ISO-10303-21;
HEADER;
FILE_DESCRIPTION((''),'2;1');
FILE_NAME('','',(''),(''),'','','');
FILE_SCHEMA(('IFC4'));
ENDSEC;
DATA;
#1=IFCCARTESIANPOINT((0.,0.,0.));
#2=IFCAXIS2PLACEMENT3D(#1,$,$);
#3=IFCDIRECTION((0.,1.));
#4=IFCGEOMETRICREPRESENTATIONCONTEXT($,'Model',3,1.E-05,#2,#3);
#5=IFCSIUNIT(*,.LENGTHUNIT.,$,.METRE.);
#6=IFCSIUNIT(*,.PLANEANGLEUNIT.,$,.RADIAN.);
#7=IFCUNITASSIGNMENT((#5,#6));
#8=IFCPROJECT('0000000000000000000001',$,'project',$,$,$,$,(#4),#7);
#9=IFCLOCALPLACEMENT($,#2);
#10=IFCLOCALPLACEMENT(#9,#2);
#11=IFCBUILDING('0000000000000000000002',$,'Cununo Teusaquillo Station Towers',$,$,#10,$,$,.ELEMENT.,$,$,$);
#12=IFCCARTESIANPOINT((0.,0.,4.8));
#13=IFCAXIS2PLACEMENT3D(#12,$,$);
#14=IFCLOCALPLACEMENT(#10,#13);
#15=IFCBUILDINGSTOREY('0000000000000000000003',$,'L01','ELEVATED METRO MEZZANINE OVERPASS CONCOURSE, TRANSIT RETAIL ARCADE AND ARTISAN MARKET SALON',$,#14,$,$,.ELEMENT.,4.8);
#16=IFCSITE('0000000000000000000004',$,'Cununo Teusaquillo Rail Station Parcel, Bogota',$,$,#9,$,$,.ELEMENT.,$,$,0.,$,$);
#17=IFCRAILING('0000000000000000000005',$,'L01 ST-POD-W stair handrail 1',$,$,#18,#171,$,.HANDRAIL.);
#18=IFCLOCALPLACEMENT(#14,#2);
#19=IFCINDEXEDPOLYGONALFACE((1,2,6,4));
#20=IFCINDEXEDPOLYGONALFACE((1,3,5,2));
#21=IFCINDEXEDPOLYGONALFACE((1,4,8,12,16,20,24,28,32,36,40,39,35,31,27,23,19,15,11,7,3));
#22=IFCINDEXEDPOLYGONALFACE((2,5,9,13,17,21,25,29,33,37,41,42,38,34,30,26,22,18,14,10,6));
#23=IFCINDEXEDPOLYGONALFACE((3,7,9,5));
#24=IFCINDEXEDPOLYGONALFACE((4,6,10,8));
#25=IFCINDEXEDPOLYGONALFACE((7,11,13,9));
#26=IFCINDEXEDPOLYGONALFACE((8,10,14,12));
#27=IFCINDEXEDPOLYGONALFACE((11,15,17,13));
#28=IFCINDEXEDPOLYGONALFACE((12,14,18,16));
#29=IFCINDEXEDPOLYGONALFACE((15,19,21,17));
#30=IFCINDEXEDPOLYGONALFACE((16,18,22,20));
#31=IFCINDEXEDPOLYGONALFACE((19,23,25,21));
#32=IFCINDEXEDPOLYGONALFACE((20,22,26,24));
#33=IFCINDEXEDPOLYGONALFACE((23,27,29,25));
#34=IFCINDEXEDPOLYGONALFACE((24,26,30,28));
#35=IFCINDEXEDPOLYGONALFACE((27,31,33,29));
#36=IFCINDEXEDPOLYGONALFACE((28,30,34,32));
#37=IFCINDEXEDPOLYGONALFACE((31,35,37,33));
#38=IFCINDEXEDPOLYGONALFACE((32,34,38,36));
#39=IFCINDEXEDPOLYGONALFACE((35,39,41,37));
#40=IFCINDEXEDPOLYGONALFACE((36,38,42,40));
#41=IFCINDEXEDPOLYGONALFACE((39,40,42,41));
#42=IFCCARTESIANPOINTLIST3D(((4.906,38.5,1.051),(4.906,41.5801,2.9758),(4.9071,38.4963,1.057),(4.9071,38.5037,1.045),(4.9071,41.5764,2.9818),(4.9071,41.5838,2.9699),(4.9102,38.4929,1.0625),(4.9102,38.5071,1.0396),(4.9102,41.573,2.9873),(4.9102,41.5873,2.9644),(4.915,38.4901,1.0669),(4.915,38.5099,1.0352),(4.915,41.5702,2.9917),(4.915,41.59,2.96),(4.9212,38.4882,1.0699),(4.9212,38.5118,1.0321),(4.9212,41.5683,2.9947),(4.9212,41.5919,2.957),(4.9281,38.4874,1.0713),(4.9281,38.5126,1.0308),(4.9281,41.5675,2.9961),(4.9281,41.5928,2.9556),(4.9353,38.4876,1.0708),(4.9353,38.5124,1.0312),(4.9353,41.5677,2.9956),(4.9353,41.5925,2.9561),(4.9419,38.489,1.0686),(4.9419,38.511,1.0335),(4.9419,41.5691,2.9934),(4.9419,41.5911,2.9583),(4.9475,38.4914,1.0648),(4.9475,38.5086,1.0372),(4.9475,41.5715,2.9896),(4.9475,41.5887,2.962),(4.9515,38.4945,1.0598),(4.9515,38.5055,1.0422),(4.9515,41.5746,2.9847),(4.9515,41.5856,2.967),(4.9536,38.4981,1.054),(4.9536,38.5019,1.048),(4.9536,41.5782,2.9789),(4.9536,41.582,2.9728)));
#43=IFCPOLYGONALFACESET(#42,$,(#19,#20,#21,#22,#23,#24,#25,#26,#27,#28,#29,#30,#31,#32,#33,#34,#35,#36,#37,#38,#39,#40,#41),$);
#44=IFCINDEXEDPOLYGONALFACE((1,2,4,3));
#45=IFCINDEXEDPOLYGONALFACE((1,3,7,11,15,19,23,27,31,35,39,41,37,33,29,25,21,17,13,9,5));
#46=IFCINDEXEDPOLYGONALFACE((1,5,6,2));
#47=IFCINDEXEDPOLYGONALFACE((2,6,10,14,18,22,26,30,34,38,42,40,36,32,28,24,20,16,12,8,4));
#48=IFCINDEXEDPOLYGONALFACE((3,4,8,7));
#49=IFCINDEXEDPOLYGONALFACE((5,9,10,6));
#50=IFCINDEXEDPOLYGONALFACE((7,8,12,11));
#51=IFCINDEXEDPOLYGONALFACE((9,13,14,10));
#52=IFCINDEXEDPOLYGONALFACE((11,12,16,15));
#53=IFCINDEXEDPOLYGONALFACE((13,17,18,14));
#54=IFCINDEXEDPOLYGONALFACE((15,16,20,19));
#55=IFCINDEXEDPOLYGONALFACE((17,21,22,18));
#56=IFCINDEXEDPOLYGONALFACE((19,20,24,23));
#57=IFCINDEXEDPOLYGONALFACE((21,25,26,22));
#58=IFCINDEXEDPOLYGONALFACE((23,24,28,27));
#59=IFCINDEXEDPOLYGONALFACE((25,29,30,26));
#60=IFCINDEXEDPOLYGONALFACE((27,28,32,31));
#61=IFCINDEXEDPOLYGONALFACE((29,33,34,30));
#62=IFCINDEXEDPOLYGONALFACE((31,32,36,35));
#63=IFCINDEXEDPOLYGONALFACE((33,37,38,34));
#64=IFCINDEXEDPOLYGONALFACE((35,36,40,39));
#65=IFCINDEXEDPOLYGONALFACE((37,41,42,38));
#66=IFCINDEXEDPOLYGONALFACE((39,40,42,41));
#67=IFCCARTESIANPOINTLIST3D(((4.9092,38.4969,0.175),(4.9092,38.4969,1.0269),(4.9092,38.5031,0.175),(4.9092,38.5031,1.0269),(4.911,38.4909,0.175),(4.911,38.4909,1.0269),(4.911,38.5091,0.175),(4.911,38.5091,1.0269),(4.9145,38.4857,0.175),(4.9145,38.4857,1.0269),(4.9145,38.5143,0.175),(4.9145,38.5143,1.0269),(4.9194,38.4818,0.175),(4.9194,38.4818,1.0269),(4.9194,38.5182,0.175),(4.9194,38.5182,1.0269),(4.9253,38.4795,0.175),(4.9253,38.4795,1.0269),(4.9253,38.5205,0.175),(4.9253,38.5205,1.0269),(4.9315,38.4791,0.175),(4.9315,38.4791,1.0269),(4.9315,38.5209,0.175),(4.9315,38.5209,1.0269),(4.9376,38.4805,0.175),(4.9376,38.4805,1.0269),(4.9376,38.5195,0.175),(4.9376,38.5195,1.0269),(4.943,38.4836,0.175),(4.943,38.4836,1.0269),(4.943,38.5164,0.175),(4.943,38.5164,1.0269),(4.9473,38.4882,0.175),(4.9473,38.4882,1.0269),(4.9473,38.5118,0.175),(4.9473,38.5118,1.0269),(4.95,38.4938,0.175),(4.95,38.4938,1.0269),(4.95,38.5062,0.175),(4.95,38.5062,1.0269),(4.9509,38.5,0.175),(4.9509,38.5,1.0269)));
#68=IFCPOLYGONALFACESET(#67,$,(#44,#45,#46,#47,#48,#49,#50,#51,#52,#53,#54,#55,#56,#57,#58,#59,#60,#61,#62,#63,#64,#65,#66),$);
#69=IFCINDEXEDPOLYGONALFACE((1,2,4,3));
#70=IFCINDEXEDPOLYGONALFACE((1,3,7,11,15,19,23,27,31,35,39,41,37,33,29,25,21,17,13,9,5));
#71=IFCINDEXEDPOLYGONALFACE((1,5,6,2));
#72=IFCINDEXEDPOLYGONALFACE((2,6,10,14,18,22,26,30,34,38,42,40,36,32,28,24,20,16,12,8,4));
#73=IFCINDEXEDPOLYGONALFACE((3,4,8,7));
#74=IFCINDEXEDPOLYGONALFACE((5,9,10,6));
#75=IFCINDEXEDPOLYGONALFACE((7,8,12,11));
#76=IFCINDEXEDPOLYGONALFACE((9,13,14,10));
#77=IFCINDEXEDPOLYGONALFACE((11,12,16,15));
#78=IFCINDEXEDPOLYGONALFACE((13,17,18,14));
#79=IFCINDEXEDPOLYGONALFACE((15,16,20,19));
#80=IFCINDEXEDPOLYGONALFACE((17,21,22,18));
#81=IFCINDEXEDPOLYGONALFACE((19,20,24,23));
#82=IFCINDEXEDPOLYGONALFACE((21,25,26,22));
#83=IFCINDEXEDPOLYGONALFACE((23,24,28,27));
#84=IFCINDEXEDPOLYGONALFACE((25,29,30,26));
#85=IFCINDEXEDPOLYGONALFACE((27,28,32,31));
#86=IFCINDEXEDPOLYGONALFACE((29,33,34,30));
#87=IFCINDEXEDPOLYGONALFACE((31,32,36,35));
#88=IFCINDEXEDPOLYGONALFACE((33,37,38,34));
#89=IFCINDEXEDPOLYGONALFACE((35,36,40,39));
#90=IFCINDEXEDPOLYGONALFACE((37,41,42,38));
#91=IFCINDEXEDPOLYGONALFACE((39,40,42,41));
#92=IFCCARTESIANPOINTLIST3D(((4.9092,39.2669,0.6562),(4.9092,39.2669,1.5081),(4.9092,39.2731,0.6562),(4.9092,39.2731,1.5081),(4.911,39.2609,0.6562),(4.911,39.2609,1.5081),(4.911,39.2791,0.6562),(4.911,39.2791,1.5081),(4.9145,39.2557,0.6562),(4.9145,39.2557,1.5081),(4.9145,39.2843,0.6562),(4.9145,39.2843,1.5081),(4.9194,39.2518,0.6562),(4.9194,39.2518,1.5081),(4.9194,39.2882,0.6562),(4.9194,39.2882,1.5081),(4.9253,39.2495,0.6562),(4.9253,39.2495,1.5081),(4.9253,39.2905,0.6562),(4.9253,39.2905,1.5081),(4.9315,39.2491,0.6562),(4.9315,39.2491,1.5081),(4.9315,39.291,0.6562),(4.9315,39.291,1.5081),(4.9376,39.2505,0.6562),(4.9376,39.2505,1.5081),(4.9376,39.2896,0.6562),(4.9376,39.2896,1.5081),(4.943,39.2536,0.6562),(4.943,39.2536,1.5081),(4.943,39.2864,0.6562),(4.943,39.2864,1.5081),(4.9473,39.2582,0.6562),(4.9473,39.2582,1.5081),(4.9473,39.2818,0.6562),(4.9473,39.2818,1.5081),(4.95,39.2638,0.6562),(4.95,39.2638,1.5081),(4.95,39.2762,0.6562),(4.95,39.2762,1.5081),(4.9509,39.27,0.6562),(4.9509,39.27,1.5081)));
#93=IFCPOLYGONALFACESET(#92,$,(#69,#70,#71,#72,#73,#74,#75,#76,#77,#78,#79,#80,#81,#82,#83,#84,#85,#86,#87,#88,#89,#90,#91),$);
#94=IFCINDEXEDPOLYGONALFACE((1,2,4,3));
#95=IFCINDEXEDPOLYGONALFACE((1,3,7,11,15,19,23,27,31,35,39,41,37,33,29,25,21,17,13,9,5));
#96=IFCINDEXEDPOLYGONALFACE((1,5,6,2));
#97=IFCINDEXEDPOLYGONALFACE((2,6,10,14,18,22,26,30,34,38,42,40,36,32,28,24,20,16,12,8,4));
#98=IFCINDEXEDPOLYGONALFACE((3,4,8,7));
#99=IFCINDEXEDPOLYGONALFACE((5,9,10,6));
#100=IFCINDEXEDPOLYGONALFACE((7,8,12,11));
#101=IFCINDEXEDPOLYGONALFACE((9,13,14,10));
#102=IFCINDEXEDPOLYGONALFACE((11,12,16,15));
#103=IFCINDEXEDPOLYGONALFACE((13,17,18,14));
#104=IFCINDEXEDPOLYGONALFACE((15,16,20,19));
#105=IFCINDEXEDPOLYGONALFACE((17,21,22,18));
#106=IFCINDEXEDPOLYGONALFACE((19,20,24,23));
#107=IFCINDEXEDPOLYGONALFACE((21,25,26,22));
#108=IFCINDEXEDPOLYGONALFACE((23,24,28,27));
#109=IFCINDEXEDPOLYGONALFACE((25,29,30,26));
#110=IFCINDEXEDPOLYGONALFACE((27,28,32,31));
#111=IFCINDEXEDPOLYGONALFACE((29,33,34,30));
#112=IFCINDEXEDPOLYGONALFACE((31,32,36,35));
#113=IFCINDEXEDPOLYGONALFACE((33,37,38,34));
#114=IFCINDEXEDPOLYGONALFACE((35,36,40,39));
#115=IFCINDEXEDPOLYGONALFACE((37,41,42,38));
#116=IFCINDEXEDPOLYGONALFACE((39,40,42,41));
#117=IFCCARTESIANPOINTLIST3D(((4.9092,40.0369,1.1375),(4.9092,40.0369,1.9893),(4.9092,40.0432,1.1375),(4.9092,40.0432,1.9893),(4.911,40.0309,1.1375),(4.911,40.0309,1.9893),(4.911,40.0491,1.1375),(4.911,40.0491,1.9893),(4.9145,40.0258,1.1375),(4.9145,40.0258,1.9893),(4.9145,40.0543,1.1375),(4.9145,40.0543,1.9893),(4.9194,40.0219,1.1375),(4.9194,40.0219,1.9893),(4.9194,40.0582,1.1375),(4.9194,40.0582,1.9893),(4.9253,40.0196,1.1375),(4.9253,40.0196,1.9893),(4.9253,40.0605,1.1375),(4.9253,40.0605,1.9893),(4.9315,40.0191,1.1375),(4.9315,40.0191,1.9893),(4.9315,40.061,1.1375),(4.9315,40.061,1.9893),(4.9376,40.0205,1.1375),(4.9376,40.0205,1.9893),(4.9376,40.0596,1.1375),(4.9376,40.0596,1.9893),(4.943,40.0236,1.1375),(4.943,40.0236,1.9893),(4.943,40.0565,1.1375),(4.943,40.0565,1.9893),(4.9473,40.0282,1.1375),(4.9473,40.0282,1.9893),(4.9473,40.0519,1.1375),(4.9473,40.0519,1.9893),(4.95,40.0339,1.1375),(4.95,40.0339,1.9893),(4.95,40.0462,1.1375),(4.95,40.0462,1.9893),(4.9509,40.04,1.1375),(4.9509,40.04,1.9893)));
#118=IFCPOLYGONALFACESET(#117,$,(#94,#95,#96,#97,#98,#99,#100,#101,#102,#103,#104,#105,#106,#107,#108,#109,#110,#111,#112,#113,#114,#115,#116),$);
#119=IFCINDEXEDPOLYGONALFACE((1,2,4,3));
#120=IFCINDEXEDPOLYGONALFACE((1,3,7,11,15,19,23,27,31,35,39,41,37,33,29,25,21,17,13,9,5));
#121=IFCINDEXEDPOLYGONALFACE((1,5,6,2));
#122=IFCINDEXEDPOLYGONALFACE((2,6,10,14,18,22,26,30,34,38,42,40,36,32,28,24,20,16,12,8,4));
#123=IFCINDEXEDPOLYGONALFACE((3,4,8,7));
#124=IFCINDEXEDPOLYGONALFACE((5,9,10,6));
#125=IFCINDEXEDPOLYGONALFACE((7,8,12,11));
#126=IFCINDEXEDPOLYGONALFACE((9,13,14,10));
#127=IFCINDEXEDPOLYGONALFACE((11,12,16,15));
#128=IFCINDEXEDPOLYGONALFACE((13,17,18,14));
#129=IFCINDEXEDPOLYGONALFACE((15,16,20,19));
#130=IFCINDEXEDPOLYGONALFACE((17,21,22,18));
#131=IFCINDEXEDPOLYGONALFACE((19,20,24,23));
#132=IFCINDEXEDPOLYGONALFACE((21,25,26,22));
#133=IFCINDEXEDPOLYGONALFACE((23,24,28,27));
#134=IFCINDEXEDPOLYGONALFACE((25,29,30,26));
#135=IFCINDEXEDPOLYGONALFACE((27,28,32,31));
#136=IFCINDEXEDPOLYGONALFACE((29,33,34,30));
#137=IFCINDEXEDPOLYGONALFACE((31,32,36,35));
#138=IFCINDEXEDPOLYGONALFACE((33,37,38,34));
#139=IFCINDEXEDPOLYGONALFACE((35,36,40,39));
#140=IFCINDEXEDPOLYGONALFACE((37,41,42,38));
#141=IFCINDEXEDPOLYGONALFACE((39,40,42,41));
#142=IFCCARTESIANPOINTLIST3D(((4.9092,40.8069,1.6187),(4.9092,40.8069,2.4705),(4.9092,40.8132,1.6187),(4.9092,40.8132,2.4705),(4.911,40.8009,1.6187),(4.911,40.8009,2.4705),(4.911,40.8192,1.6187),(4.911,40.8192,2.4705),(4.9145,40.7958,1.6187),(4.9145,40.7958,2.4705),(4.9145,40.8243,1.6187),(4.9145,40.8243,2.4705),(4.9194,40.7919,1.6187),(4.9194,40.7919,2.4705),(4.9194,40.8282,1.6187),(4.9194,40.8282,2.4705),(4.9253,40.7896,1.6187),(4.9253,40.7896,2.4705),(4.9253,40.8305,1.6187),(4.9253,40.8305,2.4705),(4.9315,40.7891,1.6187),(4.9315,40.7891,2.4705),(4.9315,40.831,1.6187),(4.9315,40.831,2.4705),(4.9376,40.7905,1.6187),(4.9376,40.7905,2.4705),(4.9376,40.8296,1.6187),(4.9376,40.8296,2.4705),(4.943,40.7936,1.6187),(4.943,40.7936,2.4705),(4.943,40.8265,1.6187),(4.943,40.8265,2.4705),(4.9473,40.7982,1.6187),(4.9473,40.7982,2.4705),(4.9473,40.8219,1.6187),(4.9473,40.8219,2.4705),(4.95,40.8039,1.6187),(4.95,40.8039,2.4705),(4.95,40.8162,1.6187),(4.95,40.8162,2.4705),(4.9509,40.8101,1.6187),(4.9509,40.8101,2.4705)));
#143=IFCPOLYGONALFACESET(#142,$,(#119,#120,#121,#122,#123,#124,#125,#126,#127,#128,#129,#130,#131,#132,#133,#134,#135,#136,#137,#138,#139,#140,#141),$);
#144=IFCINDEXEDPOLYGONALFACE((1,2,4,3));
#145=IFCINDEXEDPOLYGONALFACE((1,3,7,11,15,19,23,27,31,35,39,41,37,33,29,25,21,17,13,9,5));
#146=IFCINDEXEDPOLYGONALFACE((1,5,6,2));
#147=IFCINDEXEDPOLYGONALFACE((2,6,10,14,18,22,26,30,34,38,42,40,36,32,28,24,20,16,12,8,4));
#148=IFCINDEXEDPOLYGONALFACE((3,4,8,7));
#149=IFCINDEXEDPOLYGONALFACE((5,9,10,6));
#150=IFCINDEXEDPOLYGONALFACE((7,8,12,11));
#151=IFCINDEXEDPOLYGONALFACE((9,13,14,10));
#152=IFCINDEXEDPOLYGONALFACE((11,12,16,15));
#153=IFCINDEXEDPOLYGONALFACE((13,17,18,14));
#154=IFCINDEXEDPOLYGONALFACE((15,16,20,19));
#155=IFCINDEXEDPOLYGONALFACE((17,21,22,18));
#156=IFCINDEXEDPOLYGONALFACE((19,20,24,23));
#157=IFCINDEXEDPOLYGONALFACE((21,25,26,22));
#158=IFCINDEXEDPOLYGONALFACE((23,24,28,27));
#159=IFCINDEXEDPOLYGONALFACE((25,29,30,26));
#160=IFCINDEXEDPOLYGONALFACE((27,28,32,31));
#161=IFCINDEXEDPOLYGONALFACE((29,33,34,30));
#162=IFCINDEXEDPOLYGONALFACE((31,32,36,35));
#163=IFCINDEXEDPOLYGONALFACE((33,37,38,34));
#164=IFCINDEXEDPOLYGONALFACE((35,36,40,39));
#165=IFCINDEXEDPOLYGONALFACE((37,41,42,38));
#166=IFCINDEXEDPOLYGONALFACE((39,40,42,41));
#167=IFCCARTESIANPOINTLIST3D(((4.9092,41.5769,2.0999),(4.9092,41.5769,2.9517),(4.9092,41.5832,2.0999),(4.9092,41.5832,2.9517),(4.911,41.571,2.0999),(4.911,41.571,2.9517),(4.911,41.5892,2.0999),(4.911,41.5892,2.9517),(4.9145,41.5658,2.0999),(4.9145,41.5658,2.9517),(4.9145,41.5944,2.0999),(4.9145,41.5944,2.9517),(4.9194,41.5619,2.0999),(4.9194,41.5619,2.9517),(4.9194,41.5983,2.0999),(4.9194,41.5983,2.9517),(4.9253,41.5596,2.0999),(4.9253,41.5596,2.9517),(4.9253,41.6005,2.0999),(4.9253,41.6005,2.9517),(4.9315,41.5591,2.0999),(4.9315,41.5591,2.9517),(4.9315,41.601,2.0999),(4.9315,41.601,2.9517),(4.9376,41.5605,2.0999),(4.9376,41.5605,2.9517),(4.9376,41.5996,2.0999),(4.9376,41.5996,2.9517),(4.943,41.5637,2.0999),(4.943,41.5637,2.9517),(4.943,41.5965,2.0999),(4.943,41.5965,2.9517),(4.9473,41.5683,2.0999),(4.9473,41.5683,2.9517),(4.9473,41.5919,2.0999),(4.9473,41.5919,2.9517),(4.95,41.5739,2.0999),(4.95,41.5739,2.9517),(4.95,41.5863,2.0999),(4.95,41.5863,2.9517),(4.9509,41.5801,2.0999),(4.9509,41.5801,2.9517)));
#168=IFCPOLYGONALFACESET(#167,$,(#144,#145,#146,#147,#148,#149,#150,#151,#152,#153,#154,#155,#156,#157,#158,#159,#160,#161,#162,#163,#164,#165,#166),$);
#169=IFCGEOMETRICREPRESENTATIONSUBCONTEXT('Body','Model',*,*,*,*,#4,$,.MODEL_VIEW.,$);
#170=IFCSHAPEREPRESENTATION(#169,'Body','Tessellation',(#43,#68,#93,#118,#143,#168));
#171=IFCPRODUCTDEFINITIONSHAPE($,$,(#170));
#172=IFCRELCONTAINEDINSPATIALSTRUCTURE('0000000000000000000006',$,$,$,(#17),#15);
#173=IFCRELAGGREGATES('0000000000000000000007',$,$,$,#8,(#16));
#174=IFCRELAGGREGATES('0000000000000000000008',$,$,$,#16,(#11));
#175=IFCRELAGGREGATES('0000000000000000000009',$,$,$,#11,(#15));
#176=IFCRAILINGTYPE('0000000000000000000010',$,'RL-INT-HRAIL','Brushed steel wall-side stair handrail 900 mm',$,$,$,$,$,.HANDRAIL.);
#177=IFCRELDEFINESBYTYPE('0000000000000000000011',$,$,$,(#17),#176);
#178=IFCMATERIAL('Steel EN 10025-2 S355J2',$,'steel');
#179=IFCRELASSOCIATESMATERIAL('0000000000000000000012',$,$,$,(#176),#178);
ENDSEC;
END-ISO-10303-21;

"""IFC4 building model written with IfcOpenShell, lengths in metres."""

from ifc_helpers import new_model, si_unit, direction, frame, origin, origin_2d, place, context, subcontext, project, spatial, circle, extrude, material, type_object, element, save


model = new_model("IFC4")

# Units and contexts
model_context = context("Model", 3, precision=1e-05, world=origin(), true_north=direction((0.0, 1.0)))
body_context = subcontext(model_context, "Body", "Model", "MODEL_VIEW")
ifc_project = project(units=[si_unit("LENGTHUNIT", "METRE"), si_unit("PLANEANGLEUNIT", "RADIAN")], contexts=[model_context])

# Site, building, storey
site_placement = place(None, origin())
site = spatial("IfcSite", under=ifc_project, at=site_placement, Name="Cununo Teusaquillo Rail Station Parcel, Bogota", CompositionType="ELEMENT", RefElevation=0.0)
building_placement = place(site_placement, origin())
building = spatial("IfcBuilding", under=site, at=building_placement, Name="Cununo Teusaquillo Station Towers", CompositionType="ELEMENT")
storey_placement = place(building_placement, frame((0.0, 0.0, 4.8)))
storey = spatial("IfcBuildingStorey", under=building, at=storey_placement, Name="L01", Description="ELEVATED METRO MEZZANINE OVERPASS CONCOURSE, TRANSIT RETAIL ARCADE AND ARTISAN MARKET SALON", CompositionType="ELEMENT", Elevation=4.8)

# Railing
ifc_material_1 = material(Name="Steel EN 10025-2 S355J2", Category="steel")
railing_type_1 = type_object("IfcRailingType", Name="RL-INT-HRAIL", Description="Brushed steel wall-side stair handrail 900 mm", PredefinedType="HANDRAIL", material=ifc_material_1)
railing_1_placement = place(storey_placement, frame((4.9299, 38.5, 0.175)))
element("IfcRailing", 1, at=railing_1_placement, inside=storey, type_object=railing_type_1, Name="L01 ST-POD-W stair handrail 1", PredefinedType="HANDRAIL", context=body_context, shape_type="SweptSolid", body=[
    extrude(circle(Radius=0.0239, at=origin_2d()), frame((0.0, 0.0, 0.876), z_axis=(0.0, 0.848029, 0.529951), x_axis=(-1.0, 0.0, 0.0)), (0.0, 0.0, 1.0), 3.6321),
    extrude(circle(Radius=0.021, at=origin_2d()), origin(), (0.0, 0.0, 1.0), 0.8518),
    extrude(circle(Radius=0.021, at=origin_2d()), frame((0.0, 0.77, 0.4812)), (0.0, 0.0, 1.0), 0.8518),
    extrude(circle(Radius=0.021, at=origin_2d()), frame((0.0, 1.54, 0.9624)), (0.0, 0.0, 1.0), 0.8518),
    extrude(circle(Radius=0.021, at=origin_2d()), frame((0.0, 2.3101, 1.4436)), (0.0, 0.0, 1.0), 0.8518),
    extrude(circle(Radius=0.021, at=origin_2d()), frame((0.0, 3.0801, 1.9248)), (0.0, 0.0, 1.0), 0.8518),
])

save(model, "model.ifc")
